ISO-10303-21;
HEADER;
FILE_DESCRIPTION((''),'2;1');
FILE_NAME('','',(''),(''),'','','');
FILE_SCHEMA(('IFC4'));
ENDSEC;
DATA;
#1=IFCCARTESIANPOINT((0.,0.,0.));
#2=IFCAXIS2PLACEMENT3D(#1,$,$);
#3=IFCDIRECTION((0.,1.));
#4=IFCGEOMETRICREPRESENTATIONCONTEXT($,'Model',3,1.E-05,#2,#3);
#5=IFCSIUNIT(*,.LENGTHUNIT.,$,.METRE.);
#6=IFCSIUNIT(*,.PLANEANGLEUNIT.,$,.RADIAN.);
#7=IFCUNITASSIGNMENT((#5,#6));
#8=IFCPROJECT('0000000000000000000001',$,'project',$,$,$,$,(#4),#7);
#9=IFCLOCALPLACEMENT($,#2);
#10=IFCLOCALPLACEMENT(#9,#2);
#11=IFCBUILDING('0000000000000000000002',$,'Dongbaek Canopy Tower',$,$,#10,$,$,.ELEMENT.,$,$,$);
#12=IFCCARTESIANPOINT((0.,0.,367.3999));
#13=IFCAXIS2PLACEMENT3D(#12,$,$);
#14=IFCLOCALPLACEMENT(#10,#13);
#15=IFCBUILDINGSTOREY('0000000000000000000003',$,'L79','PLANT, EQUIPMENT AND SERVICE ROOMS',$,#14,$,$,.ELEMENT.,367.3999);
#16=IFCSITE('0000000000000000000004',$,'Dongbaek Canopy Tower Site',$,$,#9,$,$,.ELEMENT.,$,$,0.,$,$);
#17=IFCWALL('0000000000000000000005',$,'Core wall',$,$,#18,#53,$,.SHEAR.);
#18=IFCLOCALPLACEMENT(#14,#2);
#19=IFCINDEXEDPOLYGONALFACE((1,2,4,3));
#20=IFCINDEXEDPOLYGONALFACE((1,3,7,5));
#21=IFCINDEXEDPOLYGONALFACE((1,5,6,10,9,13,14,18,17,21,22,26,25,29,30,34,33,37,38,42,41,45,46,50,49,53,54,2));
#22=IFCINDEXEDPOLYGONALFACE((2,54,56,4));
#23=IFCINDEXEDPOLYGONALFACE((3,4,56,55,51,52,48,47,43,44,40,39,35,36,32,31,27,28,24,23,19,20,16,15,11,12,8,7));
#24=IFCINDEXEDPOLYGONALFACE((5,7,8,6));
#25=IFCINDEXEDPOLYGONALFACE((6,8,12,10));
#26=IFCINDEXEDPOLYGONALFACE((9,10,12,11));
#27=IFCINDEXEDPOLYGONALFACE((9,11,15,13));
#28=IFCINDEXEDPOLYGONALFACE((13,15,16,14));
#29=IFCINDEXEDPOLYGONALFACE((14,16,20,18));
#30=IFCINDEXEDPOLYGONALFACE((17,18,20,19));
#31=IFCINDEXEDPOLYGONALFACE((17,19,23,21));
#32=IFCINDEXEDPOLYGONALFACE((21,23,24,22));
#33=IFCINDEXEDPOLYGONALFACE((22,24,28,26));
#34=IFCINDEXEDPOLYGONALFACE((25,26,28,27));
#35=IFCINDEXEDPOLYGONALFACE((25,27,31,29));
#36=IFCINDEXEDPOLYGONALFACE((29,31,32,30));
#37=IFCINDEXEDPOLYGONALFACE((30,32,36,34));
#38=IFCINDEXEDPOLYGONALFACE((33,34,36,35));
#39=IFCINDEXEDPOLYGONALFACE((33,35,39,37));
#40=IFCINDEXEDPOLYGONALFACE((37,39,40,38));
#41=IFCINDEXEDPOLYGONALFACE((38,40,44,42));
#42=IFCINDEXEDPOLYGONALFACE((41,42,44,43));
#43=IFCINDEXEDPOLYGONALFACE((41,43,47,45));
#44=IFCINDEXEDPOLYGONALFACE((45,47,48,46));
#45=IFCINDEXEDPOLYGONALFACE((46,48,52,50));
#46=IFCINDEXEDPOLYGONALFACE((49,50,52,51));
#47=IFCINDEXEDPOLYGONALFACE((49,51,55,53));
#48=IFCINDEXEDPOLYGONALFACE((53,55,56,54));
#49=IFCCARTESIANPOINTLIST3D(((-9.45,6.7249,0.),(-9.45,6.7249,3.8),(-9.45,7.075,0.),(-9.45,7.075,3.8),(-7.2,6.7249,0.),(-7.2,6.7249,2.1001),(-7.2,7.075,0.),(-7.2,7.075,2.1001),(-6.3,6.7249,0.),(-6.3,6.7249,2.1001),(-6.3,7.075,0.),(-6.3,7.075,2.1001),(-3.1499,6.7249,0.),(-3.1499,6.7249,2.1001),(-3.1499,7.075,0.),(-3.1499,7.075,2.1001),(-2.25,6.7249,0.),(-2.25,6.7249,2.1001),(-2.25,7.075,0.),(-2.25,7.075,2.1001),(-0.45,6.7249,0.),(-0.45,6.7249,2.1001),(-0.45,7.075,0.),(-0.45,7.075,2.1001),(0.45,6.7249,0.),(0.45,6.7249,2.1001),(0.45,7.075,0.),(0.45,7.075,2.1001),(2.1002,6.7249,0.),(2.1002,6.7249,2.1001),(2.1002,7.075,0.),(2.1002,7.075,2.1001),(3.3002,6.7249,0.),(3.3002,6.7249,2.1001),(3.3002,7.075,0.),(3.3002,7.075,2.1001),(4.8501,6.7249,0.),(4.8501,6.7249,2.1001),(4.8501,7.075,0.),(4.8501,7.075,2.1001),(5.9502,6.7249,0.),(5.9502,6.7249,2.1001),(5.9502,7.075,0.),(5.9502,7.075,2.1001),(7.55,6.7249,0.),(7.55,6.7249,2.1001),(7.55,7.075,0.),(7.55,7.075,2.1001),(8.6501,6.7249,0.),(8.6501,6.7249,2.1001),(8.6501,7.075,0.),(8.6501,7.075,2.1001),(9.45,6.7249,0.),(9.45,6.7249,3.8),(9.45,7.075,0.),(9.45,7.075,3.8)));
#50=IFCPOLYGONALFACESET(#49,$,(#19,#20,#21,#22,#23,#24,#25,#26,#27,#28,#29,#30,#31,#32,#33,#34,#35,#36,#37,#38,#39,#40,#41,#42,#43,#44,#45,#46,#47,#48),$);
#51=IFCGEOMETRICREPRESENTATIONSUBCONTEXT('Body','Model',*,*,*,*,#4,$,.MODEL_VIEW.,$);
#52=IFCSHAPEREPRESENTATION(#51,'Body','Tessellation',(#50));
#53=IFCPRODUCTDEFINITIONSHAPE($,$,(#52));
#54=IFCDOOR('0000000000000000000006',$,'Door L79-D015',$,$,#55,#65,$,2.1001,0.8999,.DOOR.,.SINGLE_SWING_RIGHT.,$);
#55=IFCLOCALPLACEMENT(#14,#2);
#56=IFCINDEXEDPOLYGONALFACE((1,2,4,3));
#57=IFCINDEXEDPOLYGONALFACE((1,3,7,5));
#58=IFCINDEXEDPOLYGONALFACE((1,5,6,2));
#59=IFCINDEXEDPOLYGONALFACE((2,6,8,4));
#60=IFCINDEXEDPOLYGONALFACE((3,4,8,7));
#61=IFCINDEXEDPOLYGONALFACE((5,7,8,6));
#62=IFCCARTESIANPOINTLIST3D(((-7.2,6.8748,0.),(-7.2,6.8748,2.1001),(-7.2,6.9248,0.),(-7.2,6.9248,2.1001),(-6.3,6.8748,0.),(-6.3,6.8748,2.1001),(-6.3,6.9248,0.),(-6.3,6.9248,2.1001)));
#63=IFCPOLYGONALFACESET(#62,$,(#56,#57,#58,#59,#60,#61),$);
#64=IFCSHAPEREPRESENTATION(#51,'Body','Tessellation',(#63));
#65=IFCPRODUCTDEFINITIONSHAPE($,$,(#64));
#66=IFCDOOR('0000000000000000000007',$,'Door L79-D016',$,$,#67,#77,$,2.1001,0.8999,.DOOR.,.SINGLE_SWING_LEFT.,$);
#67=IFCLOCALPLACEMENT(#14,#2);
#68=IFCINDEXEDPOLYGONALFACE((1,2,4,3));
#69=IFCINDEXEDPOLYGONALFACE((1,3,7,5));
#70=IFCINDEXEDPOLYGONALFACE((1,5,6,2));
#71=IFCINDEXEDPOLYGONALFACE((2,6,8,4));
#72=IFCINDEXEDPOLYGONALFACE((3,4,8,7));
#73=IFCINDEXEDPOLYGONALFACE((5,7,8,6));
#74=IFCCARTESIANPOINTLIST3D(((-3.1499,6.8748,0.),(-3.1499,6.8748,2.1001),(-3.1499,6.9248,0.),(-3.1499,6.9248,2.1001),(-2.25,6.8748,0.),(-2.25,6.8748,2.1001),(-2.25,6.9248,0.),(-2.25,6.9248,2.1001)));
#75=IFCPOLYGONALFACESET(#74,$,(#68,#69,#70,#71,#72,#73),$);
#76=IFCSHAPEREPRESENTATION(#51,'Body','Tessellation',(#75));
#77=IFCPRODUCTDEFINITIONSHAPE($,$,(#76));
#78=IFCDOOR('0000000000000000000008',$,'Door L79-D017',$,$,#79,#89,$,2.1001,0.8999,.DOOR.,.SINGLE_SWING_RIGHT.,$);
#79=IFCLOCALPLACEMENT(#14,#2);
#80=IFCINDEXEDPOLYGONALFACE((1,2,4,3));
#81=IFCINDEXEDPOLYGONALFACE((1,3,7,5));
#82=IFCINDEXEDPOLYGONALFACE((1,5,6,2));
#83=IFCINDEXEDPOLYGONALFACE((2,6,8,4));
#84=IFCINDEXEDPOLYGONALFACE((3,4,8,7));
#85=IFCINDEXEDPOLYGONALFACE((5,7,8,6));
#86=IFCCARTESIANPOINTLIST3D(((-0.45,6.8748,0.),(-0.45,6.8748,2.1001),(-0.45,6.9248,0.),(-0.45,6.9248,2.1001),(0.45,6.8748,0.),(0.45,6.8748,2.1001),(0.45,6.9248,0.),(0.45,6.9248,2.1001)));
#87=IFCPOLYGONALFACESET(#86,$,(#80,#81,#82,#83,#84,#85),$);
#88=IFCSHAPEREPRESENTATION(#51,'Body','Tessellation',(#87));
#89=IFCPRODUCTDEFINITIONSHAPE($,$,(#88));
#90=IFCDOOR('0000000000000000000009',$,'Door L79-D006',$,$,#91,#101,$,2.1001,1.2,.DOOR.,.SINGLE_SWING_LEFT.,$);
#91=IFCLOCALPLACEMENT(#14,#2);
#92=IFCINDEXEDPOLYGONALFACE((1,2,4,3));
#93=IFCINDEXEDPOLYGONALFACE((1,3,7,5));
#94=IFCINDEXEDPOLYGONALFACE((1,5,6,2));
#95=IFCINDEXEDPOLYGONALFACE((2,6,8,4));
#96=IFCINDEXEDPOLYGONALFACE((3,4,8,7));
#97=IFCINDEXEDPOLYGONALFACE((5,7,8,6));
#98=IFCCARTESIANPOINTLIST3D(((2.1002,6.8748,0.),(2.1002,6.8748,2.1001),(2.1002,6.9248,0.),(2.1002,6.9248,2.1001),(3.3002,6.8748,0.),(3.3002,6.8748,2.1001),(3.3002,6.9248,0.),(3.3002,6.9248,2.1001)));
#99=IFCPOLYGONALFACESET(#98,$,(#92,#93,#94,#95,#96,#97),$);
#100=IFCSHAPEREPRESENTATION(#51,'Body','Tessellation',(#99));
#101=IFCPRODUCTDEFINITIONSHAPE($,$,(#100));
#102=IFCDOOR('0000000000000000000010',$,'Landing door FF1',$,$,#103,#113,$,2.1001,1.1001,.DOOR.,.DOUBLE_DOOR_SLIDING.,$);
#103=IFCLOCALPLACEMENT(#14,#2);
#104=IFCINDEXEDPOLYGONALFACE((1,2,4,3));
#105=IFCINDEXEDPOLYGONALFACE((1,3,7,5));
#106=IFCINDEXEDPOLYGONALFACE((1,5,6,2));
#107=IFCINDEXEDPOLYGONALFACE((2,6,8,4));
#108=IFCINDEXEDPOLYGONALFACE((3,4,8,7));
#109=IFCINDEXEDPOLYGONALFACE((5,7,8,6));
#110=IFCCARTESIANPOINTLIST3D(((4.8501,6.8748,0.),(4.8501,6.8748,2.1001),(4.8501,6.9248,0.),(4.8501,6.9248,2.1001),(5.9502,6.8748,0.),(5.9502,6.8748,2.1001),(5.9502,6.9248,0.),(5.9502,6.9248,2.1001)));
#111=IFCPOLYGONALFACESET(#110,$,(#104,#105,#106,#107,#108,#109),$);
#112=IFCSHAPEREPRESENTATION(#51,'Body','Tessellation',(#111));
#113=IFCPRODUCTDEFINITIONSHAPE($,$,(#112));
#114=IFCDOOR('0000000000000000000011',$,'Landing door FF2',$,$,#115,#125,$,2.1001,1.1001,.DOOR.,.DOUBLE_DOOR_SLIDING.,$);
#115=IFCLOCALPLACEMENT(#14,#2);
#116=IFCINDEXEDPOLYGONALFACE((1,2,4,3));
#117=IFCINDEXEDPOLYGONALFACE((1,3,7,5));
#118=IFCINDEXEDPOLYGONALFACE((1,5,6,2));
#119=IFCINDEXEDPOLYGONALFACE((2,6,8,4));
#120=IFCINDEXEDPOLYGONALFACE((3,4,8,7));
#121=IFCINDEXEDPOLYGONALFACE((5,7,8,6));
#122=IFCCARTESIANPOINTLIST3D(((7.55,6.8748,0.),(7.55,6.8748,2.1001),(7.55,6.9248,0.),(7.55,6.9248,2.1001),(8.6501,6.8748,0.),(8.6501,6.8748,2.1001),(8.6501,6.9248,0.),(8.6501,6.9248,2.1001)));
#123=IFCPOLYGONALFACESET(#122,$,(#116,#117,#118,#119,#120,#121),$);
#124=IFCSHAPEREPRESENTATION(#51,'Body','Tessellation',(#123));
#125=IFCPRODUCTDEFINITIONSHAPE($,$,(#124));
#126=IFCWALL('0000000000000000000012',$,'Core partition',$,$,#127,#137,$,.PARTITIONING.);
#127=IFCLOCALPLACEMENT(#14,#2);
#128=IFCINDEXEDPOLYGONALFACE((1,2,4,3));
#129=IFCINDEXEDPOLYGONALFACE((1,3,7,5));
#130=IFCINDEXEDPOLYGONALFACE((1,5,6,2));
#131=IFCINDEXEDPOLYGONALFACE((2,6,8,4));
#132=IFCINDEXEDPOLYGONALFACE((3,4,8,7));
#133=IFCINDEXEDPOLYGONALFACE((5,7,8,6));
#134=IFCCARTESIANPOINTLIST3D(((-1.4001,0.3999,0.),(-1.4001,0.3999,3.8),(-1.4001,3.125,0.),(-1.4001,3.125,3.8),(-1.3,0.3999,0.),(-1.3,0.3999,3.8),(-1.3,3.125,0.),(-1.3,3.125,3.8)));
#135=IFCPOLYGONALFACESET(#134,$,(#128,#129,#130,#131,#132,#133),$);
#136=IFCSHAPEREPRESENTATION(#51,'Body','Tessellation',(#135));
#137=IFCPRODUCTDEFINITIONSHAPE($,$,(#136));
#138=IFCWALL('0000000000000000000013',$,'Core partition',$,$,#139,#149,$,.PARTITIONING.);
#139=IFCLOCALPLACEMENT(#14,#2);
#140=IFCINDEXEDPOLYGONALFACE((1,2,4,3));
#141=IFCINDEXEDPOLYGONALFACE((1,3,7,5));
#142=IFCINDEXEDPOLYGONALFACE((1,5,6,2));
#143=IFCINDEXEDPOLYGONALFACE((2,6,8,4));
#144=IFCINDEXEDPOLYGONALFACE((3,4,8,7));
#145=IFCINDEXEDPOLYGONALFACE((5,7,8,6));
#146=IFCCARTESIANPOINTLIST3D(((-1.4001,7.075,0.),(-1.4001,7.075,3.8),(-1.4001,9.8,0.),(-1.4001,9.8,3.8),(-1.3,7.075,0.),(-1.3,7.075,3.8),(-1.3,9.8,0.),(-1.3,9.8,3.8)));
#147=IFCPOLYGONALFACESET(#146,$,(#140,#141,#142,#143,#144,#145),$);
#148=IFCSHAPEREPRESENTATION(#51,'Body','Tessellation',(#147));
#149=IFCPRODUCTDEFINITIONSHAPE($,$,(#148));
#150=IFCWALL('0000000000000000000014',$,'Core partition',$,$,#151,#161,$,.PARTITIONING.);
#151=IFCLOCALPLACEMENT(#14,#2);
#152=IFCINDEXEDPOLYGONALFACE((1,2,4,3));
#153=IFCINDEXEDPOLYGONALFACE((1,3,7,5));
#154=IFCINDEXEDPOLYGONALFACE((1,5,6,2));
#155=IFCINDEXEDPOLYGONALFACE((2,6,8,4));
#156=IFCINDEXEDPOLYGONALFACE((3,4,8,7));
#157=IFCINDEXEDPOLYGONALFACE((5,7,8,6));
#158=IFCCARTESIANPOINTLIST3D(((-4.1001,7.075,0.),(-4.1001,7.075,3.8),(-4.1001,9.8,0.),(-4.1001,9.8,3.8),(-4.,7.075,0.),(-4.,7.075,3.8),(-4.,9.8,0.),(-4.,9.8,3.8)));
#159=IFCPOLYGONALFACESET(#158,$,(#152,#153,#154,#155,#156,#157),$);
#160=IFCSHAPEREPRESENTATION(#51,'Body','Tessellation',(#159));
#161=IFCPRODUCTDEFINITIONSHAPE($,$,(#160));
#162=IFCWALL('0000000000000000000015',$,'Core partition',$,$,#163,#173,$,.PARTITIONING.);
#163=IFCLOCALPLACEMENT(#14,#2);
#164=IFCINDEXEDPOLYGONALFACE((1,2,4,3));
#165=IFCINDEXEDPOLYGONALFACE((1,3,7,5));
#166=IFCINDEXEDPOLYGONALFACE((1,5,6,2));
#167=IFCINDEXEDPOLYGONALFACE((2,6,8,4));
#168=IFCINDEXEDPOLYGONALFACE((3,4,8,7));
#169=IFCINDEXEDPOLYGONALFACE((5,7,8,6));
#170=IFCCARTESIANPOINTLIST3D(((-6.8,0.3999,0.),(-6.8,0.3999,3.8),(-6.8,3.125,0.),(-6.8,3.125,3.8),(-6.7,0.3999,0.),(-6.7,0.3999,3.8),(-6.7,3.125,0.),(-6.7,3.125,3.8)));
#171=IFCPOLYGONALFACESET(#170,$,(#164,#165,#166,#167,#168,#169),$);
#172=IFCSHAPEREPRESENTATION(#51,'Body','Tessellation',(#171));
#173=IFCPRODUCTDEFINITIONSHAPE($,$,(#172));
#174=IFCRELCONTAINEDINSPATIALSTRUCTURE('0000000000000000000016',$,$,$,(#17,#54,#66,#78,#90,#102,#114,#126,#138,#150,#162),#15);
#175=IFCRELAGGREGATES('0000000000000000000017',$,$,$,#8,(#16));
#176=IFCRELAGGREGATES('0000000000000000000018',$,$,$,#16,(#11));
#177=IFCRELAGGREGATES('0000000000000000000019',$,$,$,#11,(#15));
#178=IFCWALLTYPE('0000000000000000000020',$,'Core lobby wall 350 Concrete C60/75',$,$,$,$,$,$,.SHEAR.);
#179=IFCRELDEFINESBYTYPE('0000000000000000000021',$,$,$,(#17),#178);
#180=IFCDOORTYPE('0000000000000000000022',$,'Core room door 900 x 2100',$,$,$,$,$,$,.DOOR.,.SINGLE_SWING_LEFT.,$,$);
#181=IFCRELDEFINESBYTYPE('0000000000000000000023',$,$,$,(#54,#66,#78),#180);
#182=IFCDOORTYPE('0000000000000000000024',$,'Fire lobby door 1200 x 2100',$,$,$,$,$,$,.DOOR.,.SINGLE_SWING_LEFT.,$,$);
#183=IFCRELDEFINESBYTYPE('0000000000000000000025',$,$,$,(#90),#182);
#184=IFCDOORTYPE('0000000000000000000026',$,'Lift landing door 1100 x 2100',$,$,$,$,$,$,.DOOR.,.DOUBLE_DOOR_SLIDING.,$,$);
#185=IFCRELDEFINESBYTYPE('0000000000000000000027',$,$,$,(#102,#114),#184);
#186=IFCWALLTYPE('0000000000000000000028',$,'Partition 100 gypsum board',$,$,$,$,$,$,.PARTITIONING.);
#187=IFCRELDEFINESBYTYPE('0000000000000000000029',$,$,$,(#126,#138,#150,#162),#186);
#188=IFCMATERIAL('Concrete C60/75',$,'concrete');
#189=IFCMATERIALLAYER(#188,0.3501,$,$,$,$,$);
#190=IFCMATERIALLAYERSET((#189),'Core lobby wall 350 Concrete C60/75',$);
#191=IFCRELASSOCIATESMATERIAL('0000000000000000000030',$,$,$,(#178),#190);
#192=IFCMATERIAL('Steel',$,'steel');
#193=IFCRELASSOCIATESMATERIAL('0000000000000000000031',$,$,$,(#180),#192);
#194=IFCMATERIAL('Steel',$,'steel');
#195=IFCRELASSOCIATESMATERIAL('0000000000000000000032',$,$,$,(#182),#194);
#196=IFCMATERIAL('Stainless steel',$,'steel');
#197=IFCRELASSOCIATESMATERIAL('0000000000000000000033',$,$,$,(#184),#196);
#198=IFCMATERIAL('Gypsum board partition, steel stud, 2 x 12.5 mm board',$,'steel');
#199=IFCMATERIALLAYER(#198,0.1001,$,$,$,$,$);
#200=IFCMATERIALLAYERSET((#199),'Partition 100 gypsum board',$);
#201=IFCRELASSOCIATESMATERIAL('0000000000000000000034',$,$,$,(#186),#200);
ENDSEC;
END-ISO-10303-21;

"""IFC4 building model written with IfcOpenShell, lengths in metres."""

from ifc_helpers import new_model, si_unit, direction, frame, frame_2d, origin, place, context, subcontext, project, spatial, rectangle, extrude, material, layer, layer_set, type_object, element, fill, save


model = new_model("IFC4")

# Units and contexts
model_context = context("Model", 3, precision=1e-05, world=origin(), true_north=direction((0.0, 1.0)))
body_context = subcontext(model_context, "Body", "Model", "MODEL_VIEW")
ifc_project = project(units=[si_unit("LENGTHUNIT", "METRE"), si_unit("PLANEANGLEUNIT", "RADIAN")], contexts=[model_context])

# Site, building, storey
site_placement = place(None, origin())
site = spatial("IfcSite", under=ifc_project, at=site_placement, Name="Dongbaek Canopy Tower Site", CompositionType="ELEMENT", RefElevation=0.0)
building_placement = place(site_placement, origin())
building = spatial("IfcBuilding", under=site, at=building_placement, Name="Dongbaek Canopy Tower", CompositionType="ELEMENT")
storey_placement = place(building_placement, frame((0.0, 0.0, 367.3999)))
storey = spatial("IfcBuildingStorey", under=building, at=storey_placement, Name="L79", Description="PLANT, EQUIPMENT AND SERVICE ROOMS", CompositionType="ELEMENT", Elevation=367.3999)

# Wall, openings, doors
ifc_material_1 = material(Name="Concrete C60/75", Category="concrete")
ifc_layer_1 = layer(ifc_material_1, 0.3501)
ifc_layer_set_1 = layer_set([ifc_layer_1], Name="Core lobby wall 350 Concrete C60/75")
wall_type_1 = type_object("IfcWallType", Name="Core lobby wall 350 Concrete C60/75", PredefinedType="SHEAR", material=ifc_layer_set_1)
wall_1_placement = place(storey_placement, frame((-9.45, 6.8999, 0.0), z_axis=(0.0, 0.0, 1.0), x_axis=(1.0, 0.0, 0.0)))
wall_1 = element("IfcWall", 1, at=wall_1_placement, inside=storey, type_object=wall_type_1, Name="Core wall", PredefinedType="SHEAR", context=body_context, shape_type="SweptSolid", body=[
    extrude(rectangle(XDim=18.8999, YDim=0.3501, at=frame_2d((9.45, 0.0))), origin(), (0.0, 0.0, 1.0), 3.8),
])
opening_1_placement = place(wall_1_placement, frame((11.55, 0.0, 0.0)))
opening_1 = element("IfcOpeningElement", 2, at=opening_1_placement, cuts=wall_1, PredefinedType="OPENING", context=body_context, shape_type="SweptSolid", body=[
    extrude(rectangle(XDim=1.2, YDim=2.1001, at=frame_2d((0.6001, 1.05))), frame((0.0, 0.1851, 0.0), z_axis=(0.0, -1.0, 0.0), x_axis=(1.0, 0.0, 0.0)), (0.0, 0.0, 1.0), 0.3701),
])
opening_2_placement = place(wall_1_placement, frame((14.3, 0.0, 0.0)))
opening_2 = element("IfcOpeningElement", 3, at=opening_2_placement, cuts=wall_1, PredefinedType="OPENING", context=body_context, shape_type="SweptSolid", body=[
    extrude(rectangle(XDim=1.1001, YDim=2.1001, at=frame_2d((0.55, 1.05))), frame((0.0, 0.1851, 0.0), z_axis=(0.0, -1.0, 0.0), x_axis=(1.0, 0.0, 0.0)), (0.0, 0.0, 1.0), 0.3701),
])
opening_3_placement = place(wall_1_placement, frame((17.0, 0.0, 0.0)))
opening_3 = element("IfcOpeningElement", 4, at=opening_3_placement, cuts=wall_1, PredefinedType="OPENING", context=body_context, shape_type="SweptSolid", body=[
    extrude(rectangle(XDim=1.1001, YDim=2.1001, at=frame_2d((0.55, 1.05))), frame((0.0, 0.1851, 0.0), z_axis=(0.0, -1.0, 0.0), x_axis=(1.0, 0.0, 0.0)), (0.0, 0.0, 1.0), 0.3701),
])
opening_4_placement = place(wall_1_placement, frame((2.25, 0.0, 0.0)))
opening_4 = element("IfcOpeningElement", 5, at=opening_4_placement, cuts=wall_1, PredefinedType="OPENING", context=body_context, shape_type="SweptSolid", body=[
    extrude(rectangle(XDim=0.8999, YDim=2.1001, at=frame_2d((0.45, 1.05))), frame((0.0, 0.1851, 0.0), z_axis=(0.0, -1.0, 0.0), x_axis=(1.0, 0.0, 0.0)), (0.0, 0.0, 1.0), 0.3701),
])
opening_5_placement = place(wall_1_placement, frame((6.3, 0.0, 0.0)))
opening_5 = element("IfcOpeningElement", 6, at=opening_5_placement, cuts=wall_1, PredefinedType="OPENING", context=body_context, shape_type="SweptSolid", body=[
    extrude(rectangle(XDim=0.8999, YDim=2.1001, at=frame_2d((0.45, 1.05))), frame((0.0, 0.1851, 0.0), z_axis=(0.0, -1.0, 0.0), x_axis=(1.0, 0.0, 0.0)), (0.0, 0.0, 1.0), 0.3701),
])
opening_6_placement = place(wall_1_placement, frame((9.0, 0.0, 0.0)))
opening_6 = element("IfcOpeningElement", 7, at=opening_6_placement, cuts=wall_1, PredefinedType="OPENING", context=body_context, shape_type="SweptSolid", body=[
    extrude(rectangle(XDim=0.8999, YDim=2.1001, at=frame_2d((0.45, 1.05))), frame((0.0, 0.1851, 0.0), z_axis=(0.0, -1.0, 0.0), x_axis=(1.0, 0.0, 0.0)), (0.0, 0.0, 1.0), 0.3701),
])
ifc_material_2 = material(Name="Steel", Category="steel")
door_type_1 = type_object("IfcDoorType", Name="Core room door 900 x 2100", OperationType="SINGLE_SWING_LEFT", PredefinedType="DOOR", material=ifc_material_2)
door_1_placement = place(opening_4_placement, origin())
door_1 = element("IfcDoor", 8, at=door_1_placement, inside=storey, type_object=door_type_1, Name="Door L79-D015", OperationType="SINGLE_SWING_RIGHT", OverallHeight=2.1001, OverallWidth=0.8999, PredefinedType="DOOR", context=body_context, shape_type="SweptSolid", body=[
    extrude(rectangle(XDim=0.8999, YDim=2.1001, at=frame_2d((0.45, 1.05))), frame((0.0, 0.0249, 0.0), z_axis=(0.0, -1.0, 0.0), x_axis=(1.0, 0.0, 0.0)), (0.0, 0.0, 1.0), 0.05),
])
fill(opening_4, door_1)
door_2_placement = place(opening_5_placement, origin())
door_2 = element("IfcDoor", 9, at=door_2_placement, inside=storey, type_object=door_type_1, Name="Door L79-D016", OperationType="SINGLE_SWING_LEFT", OverallHeight=2.1001, OverallWidth=0.8999, PredefinedType="DOOR", context=body_context, shape_type="SweptSolid", body=[
    extrude(rectangle(XDim=0.8999, YDim=2.1001, at=frame_2d((0.45, 1.05))), frame((0.0, 0.0249, 0.0), z_axis=(0.0, -1.0, 0.0), x_axis=(1.0, 0.0, 0.0)), (0.0, 0.0, 1.0), 0.05),
])
fill(opening_5, door_2)
door_3_placement = place(opening_6_placement, origin())
door_3 = element("IfcDoor", 10, at=door_3_placement, inside=storey, type_object=door_type_1, Name="Door L79-D017", OperationType="SINGLE_SWING_RIGHT", OverallHeight=2.1001, OverallWidth=0.8999, PredefinedType="DOOR", context=body_context, shape_type="SweptSolid", body=[
    extrude(rectangle(XDim=0.8999, YDim=2.1001, at=frame_2d((0.45, 1.05))), frame((0.0, 0.0249, 0.0), z_axis=(0.0, -1.0, 0.0), x_axis=(1.0, 0.0, 0.0)), (0.0, 0.0, 1.0), 0.05),
])
fill(opening_6, door_3)
ifc_material_3 = material(Name="Steel", Category="steel")
door_type_2 = type_object("IfcDoorType", Name="Fire lobby door 1200 x 2100", OperationType="SINGLE_SWING_LEFT", PredefinedType="DOOR", material=ifc_material_3)
door_4_placement = place(opening_1_placement, origin())
door_4 = element("IfcDoor", 11, at=door_4_placement, inside=storey, type_object=door_type_2, Name="Door L79-D006", OperationType="SINGLE_SWING_LEFT", OverallHeight=2.1001, OverallWidth=1.2, PredefinedType="DOOR", context=body_context, shape_type="SweptSolid", body=[
    extrude(rectangle(XDim=1.2, YDim=2.1001, at=frame_2d((0.6001, 1.05))), frame((0.0, 0.0249, 0.0), z_axis=(0.0, -1.0, 0.0), x_axis=(1.0, 0.0, 0.0)), (0.0, 0.0, 1.0), 0.05),
])
fill(opening_1, door_4)
ifc_material_4 = material(Name="Stainless steel", Category="steel")
door_type_3 = type_object("IfcDoorType", Name="Lift landing door 1100 x 2100", OperationType="DOUBLE_DOOR_SLIDING", PredefinedType="DOOR", material=ifc_material_4)
door_5_placement = place(opening_2_placement, origin())
door_5 = element("IfcDoor", 12, at=door_5_placement, inside=storey, type_object=door_type_3, Name="Landing door FF1", OperationType="DOUBLE_DOOR_SLIDING", OverallHeight=2.1001, OverallWidth=1.1001, PredefinedType="DOOR", context=body_context, shape_type="SweptSolid", body=[
    extrude(rectangle(XDim=1.1001, YDim=2.1001, at=frame_2d((0.55, 1.05))), frame((0.0, 0.0249, 0.0), z_axis=(0.0, -1.0, 0.0), x_axis=(1.0, 0.0, 0.0)), (0.0, 0.0, 1.0), 0.05),
])
fill(opening_2, door_5)
door_6_placement = place(opening_3_placement, origin())
door_6 = element("IfcDoor", 13, at=door_6_placement, inside=storey, type_object=door_type_3, Name="Landing door FF2", OperationType="DOUBLE_DOOR_SLIDING", OverallHeight=2.1001, OverallWidth=1.1001, PredefinedType="DOOR", context=body_context, shape_type="SweptSolid", body=[
    extrude(rectangle(XDim=1.1001, YDim=2.1001, at=frame_2d((0.55, 1.05))), frame((0.0, 0.0249, 0.0), z_axis=(0.0, -1.0, 0.0), x_axis=(1.0, 0.0, 0.0)), (0.0, 0.0, 1.0), 0.05),
])
fill(opening_3, door_6)

# Walls
ifc_material_5 = material(Name="Gypsum board partition, steel stud, 2 x 12.5 mm board", Category="steel")
ifc_layer_2 = layer(ifc_material_5, 0.1001)
ifc_layer_set_2 = layer_set([ifc_layer_2], Name="Partition 100 gypsum board")
wall_type_2 = type_object("IfcWallType", Name="Partition 100 gypsum board", PredefinedType="PARTITIONING", material=ifc_layer_set_2)
for number, where, z_axis, x_axis, name in (
    (14, (-1.3501, 0.3999, 0.0), (0.0, 0.0, 1.0), (0.0, 1.0, 0.0), "Core partition"),
    (15, (-1.3501, 7.075, 0.0), (0.0, 0.0, 1.0), (0.0, 1.0, 0.0), "Core partition"),
    (16, (-4.05, 7.075, 0.0), (0.0, 0.0, 1.0), (0.0, 1.0, 0.0), "Core partition"),
    (17, (-6.75, 0.3999, 0.0), (0.0, 0.0, 1.0), (0.0, 1.0, 0.0), "Core partition"),
):
    element("IfcWall", number, at=place(storey_placement, frame(where, z_axis=z_axis, x_axis=x_axis)), inside=storey, type_object=wall_type_2, Name=name, PredefinedType="PARTITIONING", context=body_context, shape_type="SweptSolid", body=[
        extrude(rectangle(XDim=2.7251, YDim=0.1001, at=frame_2d((1.3625, 0.0))), origin(), (0.0, 0.0, 1.0), 3.8),
    ])

save(model, "model.ifc")
